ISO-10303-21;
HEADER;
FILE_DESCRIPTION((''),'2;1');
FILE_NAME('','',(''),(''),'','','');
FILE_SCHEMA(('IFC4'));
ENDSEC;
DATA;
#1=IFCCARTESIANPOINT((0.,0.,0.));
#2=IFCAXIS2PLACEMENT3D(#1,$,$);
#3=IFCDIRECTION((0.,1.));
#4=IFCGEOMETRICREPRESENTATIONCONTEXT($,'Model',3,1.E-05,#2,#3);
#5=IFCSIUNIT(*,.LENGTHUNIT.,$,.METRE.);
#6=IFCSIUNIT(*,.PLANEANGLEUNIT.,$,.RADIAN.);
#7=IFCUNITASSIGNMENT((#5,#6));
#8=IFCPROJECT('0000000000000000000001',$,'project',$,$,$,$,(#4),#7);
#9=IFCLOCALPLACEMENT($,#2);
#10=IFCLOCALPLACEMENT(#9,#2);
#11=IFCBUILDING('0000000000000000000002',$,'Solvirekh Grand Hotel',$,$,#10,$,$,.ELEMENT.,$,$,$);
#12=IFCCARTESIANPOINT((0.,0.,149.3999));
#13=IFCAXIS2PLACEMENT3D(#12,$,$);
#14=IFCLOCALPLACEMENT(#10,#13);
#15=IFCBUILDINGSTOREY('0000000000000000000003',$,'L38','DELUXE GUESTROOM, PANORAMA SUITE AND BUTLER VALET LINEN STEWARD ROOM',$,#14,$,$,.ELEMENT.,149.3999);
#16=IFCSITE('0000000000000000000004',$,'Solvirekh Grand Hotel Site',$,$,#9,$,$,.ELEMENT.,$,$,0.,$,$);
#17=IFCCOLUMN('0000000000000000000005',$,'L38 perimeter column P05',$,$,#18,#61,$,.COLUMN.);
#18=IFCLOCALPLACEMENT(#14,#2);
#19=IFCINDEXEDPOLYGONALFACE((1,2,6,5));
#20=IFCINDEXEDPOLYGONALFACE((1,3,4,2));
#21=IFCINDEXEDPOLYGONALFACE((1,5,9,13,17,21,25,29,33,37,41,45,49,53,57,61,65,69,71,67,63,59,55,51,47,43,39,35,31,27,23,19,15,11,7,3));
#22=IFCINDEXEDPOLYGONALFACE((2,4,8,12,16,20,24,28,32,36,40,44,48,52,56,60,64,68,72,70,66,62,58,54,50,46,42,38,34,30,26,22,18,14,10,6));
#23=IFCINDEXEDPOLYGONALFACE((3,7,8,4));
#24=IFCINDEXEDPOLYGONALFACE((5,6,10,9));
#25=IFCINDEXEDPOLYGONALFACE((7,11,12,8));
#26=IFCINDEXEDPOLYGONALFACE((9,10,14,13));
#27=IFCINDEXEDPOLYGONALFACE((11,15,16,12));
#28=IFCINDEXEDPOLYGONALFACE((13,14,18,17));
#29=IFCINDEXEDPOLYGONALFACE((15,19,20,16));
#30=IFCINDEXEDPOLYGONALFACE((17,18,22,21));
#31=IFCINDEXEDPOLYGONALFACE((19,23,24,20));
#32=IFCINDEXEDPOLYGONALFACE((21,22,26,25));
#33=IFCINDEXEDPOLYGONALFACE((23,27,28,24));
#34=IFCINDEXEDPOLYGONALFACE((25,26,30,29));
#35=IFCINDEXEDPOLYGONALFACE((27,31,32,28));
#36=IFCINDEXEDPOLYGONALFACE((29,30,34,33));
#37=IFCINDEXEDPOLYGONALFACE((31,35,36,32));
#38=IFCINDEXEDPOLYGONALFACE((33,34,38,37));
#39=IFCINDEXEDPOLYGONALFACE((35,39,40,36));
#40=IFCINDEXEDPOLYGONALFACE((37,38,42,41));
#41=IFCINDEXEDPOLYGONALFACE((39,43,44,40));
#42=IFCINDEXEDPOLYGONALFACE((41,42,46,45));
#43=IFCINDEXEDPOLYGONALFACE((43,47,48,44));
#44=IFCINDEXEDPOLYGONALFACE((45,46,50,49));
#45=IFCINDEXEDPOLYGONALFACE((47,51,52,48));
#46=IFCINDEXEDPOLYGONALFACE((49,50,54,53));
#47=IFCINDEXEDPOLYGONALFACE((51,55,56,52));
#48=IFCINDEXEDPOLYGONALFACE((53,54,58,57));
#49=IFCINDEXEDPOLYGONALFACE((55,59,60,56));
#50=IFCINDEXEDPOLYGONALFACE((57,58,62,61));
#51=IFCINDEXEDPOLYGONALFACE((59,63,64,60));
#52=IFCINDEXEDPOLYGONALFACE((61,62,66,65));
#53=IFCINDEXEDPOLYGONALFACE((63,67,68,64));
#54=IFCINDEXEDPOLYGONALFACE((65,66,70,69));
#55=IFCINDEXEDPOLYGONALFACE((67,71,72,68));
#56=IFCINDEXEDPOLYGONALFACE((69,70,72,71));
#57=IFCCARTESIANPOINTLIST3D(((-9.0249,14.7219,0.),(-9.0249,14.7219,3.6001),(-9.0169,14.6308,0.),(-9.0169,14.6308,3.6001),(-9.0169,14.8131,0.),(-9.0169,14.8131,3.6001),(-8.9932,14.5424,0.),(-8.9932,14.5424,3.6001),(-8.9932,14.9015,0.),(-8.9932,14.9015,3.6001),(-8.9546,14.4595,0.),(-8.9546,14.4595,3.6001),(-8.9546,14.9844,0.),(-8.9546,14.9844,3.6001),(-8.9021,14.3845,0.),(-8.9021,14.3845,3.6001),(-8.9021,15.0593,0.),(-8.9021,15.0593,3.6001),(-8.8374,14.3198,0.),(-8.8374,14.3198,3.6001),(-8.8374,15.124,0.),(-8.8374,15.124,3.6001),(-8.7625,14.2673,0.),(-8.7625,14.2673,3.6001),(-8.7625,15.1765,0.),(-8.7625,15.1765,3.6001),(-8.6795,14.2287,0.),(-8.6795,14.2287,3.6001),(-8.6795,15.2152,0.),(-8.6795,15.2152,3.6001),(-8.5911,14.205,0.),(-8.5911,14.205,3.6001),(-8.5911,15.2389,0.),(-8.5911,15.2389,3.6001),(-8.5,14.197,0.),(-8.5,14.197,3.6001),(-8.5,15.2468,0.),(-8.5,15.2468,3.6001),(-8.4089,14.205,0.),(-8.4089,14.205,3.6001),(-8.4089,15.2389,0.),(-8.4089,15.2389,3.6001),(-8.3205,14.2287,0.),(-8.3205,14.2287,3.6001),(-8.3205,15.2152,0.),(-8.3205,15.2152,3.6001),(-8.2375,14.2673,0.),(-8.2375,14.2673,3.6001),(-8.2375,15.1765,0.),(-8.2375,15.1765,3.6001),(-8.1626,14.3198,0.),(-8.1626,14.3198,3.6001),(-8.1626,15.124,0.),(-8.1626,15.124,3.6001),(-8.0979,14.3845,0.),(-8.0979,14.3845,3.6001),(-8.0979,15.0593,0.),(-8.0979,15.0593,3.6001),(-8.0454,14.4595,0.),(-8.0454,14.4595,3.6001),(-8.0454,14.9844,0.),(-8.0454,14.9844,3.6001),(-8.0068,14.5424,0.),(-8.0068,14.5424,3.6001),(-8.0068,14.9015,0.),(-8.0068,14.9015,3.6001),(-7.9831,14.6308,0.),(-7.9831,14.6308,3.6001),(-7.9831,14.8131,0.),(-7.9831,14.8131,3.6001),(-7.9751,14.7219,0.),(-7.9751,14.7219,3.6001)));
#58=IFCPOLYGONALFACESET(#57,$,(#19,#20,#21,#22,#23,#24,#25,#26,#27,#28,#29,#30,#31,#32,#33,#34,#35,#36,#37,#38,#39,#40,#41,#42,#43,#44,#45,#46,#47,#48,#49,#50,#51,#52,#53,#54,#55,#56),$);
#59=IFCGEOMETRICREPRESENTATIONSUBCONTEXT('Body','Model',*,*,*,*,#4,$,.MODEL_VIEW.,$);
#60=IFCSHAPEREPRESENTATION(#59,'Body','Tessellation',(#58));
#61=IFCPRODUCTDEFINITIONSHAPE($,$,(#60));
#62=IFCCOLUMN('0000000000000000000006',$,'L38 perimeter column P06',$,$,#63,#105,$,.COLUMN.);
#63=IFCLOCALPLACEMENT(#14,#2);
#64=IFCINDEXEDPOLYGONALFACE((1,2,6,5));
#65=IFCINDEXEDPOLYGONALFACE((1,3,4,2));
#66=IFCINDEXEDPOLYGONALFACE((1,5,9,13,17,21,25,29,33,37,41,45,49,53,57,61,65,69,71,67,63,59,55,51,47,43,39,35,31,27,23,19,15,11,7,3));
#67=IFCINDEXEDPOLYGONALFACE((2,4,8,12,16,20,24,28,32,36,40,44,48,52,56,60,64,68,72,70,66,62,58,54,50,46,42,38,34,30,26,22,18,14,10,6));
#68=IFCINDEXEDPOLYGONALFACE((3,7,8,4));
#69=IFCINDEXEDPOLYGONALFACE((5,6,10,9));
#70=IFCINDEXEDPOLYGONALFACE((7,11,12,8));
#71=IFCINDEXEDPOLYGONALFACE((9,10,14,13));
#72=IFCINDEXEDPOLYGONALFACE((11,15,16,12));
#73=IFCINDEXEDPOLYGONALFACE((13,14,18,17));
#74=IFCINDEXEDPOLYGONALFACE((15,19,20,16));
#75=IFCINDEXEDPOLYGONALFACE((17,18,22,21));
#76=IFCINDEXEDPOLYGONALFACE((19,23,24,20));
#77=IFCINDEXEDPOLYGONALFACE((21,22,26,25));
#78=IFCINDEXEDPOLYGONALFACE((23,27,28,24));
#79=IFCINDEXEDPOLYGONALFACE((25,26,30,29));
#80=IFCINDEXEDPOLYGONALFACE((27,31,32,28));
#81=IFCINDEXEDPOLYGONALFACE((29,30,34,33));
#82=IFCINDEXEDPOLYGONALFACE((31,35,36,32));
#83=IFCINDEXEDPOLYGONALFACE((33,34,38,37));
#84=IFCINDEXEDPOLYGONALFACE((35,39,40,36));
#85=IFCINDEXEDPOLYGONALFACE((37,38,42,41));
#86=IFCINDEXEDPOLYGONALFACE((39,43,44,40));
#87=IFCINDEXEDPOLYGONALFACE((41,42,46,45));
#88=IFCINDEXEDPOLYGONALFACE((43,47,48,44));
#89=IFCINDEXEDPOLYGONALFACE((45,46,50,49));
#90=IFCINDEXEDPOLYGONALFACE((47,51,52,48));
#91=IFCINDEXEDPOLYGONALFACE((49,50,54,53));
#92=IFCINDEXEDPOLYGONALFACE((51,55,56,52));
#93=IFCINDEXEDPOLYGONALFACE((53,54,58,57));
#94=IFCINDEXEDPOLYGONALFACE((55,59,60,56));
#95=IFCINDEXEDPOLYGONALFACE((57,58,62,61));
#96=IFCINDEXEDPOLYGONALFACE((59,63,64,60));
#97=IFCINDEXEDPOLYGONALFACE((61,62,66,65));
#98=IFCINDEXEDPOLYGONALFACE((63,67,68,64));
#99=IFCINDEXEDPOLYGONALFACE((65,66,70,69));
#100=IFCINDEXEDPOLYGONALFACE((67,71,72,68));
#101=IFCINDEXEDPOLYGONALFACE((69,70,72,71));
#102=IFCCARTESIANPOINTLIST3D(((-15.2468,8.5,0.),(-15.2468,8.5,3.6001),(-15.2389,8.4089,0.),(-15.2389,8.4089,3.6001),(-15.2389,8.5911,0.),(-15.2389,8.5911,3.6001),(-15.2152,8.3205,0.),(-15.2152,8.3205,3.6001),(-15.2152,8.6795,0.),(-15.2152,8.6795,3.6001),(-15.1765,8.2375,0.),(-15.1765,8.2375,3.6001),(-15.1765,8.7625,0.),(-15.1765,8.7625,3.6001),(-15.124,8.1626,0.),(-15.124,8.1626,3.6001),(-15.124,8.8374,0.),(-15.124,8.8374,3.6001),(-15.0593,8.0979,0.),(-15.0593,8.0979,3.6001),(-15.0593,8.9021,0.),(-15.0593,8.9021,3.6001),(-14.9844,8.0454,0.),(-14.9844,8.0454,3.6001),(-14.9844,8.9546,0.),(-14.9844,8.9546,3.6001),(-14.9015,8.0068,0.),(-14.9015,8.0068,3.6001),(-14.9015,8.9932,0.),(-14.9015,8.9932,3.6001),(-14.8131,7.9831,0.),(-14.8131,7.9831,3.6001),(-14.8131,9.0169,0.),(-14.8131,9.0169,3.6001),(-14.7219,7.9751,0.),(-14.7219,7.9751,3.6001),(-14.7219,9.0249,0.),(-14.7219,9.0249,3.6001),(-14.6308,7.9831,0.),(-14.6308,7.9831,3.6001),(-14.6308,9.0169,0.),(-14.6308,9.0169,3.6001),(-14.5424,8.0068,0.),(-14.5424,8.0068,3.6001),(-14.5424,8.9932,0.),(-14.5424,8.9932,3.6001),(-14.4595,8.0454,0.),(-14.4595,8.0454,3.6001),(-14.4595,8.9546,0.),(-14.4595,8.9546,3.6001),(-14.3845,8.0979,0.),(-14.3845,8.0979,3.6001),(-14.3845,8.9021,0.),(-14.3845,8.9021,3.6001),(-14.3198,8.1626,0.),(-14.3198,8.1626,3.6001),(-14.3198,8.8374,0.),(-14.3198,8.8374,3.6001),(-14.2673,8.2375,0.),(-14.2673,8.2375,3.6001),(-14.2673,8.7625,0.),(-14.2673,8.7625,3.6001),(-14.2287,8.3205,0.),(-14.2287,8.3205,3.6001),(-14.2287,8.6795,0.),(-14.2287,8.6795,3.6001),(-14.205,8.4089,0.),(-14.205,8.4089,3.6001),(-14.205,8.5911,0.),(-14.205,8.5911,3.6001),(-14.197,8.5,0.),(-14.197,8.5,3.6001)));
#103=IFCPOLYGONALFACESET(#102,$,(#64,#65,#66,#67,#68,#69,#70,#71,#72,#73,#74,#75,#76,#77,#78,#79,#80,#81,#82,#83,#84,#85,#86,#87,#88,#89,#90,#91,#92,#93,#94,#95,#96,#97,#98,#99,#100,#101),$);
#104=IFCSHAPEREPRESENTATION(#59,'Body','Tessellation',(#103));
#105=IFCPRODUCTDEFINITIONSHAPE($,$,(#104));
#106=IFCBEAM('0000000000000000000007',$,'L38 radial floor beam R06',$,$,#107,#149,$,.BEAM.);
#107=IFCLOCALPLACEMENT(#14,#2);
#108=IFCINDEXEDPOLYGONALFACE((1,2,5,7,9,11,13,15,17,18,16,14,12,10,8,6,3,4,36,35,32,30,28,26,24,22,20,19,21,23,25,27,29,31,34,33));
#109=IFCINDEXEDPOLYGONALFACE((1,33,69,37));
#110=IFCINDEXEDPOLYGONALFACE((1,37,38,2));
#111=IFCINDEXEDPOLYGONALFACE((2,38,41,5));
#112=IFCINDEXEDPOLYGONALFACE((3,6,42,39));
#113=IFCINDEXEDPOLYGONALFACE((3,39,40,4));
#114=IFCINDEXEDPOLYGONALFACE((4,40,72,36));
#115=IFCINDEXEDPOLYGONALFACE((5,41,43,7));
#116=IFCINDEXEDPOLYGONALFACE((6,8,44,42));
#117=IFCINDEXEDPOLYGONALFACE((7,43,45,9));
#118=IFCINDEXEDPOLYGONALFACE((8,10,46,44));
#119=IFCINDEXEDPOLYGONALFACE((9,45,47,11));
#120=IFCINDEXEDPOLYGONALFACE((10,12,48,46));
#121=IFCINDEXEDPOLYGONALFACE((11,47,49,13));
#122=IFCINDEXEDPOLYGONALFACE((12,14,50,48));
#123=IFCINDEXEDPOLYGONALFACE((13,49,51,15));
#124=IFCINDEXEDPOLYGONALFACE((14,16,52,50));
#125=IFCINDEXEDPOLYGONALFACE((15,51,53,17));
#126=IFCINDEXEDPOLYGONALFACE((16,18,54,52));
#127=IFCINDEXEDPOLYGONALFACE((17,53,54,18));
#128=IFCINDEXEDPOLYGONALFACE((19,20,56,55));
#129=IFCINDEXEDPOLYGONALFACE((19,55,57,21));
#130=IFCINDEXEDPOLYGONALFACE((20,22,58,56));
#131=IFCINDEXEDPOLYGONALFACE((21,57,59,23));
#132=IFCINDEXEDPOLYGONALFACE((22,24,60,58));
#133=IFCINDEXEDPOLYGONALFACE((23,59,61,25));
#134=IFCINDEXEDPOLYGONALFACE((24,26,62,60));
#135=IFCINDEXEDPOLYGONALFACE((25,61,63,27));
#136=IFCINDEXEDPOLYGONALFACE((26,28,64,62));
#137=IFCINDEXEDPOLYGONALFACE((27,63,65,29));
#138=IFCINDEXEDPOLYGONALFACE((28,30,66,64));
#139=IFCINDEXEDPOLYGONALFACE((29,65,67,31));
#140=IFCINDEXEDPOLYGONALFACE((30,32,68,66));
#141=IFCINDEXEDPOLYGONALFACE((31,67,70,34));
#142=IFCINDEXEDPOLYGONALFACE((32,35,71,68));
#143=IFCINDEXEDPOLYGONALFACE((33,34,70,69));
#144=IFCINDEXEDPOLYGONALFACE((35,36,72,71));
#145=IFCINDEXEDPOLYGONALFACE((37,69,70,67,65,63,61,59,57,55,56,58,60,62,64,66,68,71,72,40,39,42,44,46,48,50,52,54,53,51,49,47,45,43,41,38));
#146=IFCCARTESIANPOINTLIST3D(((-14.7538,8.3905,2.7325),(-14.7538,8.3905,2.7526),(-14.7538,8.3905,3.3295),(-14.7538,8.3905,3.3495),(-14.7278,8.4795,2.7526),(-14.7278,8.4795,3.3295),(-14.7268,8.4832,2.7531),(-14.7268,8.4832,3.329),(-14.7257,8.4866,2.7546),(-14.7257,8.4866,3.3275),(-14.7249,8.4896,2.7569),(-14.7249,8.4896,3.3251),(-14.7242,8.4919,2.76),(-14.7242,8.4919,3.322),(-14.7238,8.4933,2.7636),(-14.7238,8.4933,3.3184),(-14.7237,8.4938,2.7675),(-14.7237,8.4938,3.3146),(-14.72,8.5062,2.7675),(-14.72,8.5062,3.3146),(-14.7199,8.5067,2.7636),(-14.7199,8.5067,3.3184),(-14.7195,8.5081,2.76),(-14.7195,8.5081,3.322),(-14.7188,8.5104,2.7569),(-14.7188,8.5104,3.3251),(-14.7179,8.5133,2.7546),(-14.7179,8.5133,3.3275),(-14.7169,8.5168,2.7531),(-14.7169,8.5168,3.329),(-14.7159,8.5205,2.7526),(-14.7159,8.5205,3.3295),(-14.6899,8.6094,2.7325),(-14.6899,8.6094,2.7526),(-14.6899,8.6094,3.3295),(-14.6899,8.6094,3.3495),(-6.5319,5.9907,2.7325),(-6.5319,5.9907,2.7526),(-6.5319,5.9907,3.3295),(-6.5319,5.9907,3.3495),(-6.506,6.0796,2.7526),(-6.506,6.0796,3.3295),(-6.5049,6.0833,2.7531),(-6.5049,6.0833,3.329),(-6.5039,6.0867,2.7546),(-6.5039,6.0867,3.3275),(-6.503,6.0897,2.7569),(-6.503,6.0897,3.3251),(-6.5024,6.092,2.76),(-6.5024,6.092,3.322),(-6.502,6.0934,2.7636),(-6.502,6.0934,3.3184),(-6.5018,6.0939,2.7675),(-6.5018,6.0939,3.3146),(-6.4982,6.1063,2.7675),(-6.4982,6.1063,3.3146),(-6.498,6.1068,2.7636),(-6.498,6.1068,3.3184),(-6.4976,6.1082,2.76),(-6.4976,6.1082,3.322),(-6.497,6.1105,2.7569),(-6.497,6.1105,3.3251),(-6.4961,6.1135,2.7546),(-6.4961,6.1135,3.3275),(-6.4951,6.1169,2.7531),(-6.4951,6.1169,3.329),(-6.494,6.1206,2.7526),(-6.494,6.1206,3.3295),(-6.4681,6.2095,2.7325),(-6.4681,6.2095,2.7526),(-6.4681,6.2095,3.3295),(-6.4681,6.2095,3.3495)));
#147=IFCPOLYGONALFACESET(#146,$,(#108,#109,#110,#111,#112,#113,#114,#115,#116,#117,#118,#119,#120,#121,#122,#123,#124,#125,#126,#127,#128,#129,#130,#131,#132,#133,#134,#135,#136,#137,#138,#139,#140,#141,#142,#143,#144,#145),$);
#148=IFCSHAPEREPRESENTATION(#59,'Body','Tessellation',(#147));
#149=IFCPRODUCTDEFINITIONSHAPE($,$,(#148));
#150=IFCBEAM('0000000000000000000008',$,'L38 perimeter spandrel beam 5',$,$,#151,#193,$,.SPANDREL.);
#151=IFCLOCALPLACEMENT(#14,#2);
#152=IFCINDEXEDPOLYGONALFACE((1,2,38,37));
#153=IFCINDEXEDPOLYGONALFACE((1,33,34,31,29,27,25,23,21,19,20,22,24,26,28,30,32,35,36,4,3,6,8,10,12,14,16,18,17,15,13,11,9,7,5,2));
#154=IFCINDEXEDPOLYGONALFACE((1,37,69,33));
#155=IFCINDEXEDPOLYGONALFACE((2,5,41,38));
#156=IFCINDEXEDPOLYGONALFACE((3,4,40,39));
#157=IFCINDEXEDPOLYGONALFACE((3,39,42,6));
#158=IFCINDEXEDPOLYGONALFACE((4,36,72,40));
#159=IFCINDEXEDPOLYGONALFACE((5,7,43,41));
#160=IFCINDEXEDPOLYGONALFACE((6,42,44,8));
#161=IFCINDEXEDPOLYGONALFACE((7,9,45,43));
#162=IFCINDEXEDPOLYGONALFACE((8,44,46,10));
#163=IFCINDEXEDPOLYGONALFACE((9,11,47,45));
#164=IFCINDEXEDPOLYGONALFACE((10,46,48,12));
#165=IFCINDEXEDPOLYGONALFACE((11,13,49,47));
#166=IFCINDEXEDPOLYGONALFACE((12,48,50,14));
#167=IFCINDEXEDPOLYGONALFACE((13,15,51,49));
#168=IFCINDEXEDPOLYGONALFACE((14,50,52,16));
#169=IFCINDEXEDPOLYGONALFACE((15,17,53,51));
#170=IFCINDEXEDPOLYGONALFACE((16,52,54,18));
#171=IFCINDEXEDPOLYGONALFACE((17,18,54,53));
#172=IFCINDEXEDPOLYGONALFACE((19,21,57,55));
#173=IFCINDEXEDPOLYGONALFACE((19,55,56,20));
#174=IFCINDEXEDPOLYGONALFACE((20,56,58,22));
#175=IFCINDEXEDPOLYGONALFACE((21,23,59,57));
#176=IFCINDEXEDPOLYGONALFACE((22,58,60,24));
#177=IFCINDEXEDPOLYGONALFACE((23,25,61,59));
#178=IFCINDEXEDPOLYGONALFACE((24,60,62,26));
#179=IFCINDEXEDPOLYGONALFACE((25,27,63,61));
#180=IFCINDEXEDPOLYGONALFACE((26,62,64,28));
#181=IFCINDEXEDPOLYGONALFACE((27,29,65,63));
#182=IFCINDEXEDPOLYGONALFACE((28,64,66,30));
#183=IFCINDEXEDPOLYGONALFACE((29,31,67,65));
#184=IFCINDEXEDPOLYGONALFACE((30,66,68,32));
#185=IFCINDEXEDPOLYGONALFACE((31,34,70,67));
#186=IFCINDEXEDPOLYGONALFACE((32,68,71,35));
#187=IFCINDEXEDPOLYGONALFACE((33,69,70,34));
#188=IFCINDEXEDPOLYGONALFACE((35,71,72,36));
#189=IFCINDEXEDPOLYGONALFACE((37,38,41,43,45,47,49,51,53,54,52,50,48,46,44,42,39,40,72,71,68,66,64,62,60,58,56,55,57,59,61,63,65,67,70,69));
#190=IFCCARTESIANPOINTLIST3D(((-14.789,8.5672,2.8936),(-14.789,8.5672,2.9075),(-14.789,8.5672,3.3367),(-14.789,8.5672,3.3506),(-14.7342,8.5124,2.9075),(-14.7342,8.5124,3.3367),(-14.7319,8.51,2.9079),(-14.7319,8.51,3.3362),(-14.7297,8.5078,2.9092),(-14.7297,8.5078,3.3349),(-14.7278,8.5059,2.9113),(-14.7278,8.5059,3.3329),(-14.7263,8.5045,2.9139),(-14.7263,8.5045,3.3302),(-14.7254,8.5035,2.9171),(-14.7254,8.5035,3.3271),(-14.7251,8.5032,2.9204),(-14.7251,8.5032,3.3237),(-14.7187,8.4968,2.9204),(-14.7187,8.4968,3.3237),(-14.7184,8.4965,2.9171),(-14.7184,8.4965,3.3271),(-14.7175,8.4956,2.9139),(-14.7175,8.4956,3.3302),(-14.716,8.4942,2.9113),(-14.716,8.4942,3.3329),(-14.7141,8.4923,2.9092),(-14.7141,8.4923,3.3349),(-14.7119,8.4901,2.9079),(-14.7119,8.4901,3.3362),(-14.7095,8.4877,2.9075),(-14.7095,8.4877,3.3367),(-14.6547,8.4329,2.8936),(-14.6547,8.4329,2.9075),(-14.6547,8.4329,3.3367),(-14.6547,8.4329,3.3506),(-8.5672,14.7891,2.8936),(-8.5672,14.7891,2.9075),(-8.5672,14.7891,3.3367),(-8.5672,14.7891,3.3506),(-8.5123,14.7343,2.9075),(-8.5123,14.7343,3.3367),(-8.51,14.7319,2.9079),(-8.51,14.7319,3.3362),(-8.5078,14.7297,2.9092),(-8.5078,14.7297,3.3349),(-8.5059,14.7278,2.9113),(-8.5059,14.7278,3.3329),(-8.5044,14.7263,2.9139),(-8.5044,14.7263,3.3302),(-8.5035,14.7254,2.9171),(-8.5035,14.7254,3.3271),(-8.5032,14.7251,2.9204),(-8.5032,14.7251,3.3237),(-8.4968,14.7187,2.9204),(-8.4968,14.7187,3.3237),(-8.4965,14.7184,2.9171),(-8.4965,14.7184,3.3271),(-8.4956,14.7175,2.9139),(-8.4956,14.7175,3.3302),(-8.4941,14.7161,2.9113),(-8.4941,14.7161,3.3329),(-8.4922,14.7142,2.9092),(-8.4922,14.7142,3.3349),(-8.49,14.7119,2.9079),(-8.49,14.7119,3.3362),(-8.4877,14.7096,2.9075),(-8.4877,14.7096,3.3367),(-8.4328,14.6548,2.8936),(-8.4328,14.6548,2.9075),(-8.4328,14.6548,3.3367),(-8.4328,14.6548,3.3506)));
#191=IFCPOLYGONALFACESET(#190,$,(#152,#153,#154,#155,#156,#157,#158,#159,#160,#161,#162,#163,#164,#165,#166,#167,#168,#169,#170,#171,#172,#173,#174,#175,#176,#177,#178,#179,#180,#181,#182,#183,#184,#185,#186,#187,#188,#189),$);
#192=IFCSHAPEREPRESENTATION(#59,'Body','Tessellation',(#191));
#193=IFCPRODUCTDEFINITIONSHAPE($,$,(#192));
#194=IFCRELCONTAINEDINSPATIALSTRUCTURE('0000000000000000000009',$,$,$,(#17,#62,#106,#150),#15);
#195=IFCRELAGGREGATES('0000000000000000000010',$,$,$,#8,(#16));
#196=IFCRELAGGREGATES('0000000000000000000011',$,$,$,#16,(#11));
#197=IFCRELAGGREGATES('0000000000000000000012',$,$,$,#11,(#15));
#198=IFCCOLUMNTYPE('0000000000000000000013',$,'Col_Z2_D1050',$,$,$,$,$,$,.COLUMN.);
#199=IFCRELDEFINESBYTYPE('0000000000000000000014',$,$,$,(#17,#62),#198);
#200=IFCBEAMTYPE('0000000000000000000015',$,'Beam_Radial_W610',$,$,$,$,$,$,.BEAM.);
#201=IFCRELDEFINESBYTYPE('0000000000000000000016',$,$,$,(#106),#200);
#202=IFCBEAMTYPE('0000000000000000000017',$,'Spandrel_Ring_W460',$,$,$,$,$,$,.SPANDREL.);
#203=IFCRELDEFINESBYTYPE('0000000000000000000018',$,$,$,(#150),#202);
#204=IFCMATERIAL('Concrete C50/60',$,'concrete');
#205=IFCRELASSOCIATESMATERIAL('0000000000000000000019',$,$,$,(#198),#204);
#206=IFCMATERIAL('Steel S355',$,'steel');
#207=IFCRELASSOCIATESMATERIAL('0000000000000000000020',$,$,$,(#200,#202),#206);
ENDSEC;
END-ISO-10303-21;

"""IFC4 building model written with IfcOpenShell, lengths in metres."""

from ifc_helpers import new_model, si_unit, direction, frame, origin, origin_2d, place, context, subcontext, project, spatial, circle, i_section, extrude, material, material_profile, profile_set, type_object, element, save


model = new_model("IFC4")

# Units and contexts
model_context = context("Model", 3, precision=1e-05, world=origin(), true_north=direction((0.0, 1.0)))
body_context = subcontext(model_context, "Body", "Model", "MODEL_VIEW")
ifc_project = project(units=[si_unit("LENGTHUNIT", "METRE"), si_unit("PLANEANGLEUNIT", "RADIAN")], contexts=[model_context])

# Site, building, storey
site_placement = place(None, origin())
site = spatial("IfcSite", under=ifc_project, at=site_placement, Name="Solvirekh Grand Hotel Site", CompositionType="ELEMENT", RefElevation=0.0)
building_placement = place(site_placement, origin())
building = spatial("IfcBuilding", under=site, at=building_placement, Name="Solvirekh Grand Hotel", CompositionType="ELEMENT")
storey_placement = place(building_placement, frame((0.0, 0.0, 149.3999)))
storey = spatial("IfcBuildingStorey", under=building, at=storey_placement, Name="L38", Description="DELUXE GUESTROOM, PANORAMA SUITE AND BUTLER VALET LINEN STEWARD ROOM", CompositionType="ELEMENT", Elevation=149.3999)

# Columns
ifc_material_1 = material(Name="Concrete C50/60", Category="concrete")
ifc_material_profile_1 = material_profile(ifc_material_1, circle(Radius=0.5249, at=origin_2d()), Name="RC CIRC D1050")
ifc_profile_set_1 = profile_set([ifc_material_profile_1], Name="Concrete C50/60")
column_type = type_object("IfcColumnType", Name="Col_Z2_D1050", PredefinedType="COLUMN", material=ifc_profile_set_1)
for number, where, z_axis, x_axis, name in (
    (1, (-8.5, 14.7219, 0.0), (0.0, 0.0, 1.0), (1.0, 0.0, 0.0), "L38 perimeter column P05"),
    (2, (-14.7219, 8.5, 0.0), (0.0, 0.0, 1.0), (1.0, 0.0, 0.0), "L38 perimeter column P06"),
):
    element("IfcColumn", number, at=place(storey_placement, frame(where, z_axis=z_axis, x_axis=x_axis)), inside=storey, type_object=column_type, Name=name, PredefinedType="COLUMN", context=body_context, shape_type="SweptSolid", body=[
        extrude(circle(Radius=0.5249, at=origin_2d()), origin(), (0.0, 0.0, 1.0), 3.6001),
    ])

# Beams
ifc_material_2 = material(Name="Steel S355", Category="steel")
ifc_material_profile_2 = material_profile(ifc_material_2, i_section(OverallWidth=0.228, OverallDepth=0.6169, WebThickness=0.0129, FlangeThickness=0.02, FilletRadius=0.0149, at=origin_2d()), Name="W610X140")
ifc_profile_set_2 = profile_set([ifc_material_profile_2], Name="Steel S355")
beam_type_1 = type_object("IfcBeamType", Name="Beam_Radial_W610", PredefinedType="BEAM", material=ifc_profile_set_2)
beam_1_placement = place(storey_placement, frame((-6.5, 6.1001, 3.041), z_axis=(-0.959942, 0.280198, 0.0), x_axis=(-0.280198, -0.959942, 0.0)))
element("IfcBeam", 3, at=beam_1_placement, inside=storey, type_object=beam_type_1, Name="L38 radial floor beam R06", PredefinedType="BEAM", context=body_context, shape_type="SweptSolid", body=[
    extrude(i_section(OverallWidth=0.228, OverallDepth=0.6169, WebThickness=0.0129, FlangeThickness=0.02, FilletRadius=0.0149, at=origin_2d()), origin(), (0.0, 0.0, 1.0), 8.5649),
])
ifc_material_profile_3 = material_profile(ifc_material_2, i_section(OverallWidth=0.1899, OverallDepth=0.457, WebThickness=0.009, FlangeThickness=0.0139, FilletRadius=0.0129, at=origin_2d()), Name="W460X74")
ifc_profile_set_3 = profile_set([ifc_material_profile_3], Name="Steel S355")
beam_type_2 = type_object("IfcBeamType", Name="Spandrel_Ring_W460", PredefinedType="SPANDREL", material=ifc_profile_set_3)
beam_2_placement = place(storey_placement, frame((-8.5, 14.7219, 3.1221), z_axis=(-0.707107, -0.707107, 0.0), x_axis=(0.707107, -0.707107, 0.0)))
element("IfcBeam", 4, at=beam_2_placement, inside=storey, type_object=beam_type_2, Name="L38 perimeter spandrel beam 5", PredefinedType="SPANDREL", context=body_context, shape_type="SweptSolid", body=[
    extrude(i_section(OverallWidth=0.1899, OverallDepth=0.457, WebThickness=0.009, FlangeThickness=0.0139, FilletRadius=0.0129, at=origin_2d()), origin(), (0.0, 0.0, 1.0), 8.7991),
])

save(model, "model.ifc")
